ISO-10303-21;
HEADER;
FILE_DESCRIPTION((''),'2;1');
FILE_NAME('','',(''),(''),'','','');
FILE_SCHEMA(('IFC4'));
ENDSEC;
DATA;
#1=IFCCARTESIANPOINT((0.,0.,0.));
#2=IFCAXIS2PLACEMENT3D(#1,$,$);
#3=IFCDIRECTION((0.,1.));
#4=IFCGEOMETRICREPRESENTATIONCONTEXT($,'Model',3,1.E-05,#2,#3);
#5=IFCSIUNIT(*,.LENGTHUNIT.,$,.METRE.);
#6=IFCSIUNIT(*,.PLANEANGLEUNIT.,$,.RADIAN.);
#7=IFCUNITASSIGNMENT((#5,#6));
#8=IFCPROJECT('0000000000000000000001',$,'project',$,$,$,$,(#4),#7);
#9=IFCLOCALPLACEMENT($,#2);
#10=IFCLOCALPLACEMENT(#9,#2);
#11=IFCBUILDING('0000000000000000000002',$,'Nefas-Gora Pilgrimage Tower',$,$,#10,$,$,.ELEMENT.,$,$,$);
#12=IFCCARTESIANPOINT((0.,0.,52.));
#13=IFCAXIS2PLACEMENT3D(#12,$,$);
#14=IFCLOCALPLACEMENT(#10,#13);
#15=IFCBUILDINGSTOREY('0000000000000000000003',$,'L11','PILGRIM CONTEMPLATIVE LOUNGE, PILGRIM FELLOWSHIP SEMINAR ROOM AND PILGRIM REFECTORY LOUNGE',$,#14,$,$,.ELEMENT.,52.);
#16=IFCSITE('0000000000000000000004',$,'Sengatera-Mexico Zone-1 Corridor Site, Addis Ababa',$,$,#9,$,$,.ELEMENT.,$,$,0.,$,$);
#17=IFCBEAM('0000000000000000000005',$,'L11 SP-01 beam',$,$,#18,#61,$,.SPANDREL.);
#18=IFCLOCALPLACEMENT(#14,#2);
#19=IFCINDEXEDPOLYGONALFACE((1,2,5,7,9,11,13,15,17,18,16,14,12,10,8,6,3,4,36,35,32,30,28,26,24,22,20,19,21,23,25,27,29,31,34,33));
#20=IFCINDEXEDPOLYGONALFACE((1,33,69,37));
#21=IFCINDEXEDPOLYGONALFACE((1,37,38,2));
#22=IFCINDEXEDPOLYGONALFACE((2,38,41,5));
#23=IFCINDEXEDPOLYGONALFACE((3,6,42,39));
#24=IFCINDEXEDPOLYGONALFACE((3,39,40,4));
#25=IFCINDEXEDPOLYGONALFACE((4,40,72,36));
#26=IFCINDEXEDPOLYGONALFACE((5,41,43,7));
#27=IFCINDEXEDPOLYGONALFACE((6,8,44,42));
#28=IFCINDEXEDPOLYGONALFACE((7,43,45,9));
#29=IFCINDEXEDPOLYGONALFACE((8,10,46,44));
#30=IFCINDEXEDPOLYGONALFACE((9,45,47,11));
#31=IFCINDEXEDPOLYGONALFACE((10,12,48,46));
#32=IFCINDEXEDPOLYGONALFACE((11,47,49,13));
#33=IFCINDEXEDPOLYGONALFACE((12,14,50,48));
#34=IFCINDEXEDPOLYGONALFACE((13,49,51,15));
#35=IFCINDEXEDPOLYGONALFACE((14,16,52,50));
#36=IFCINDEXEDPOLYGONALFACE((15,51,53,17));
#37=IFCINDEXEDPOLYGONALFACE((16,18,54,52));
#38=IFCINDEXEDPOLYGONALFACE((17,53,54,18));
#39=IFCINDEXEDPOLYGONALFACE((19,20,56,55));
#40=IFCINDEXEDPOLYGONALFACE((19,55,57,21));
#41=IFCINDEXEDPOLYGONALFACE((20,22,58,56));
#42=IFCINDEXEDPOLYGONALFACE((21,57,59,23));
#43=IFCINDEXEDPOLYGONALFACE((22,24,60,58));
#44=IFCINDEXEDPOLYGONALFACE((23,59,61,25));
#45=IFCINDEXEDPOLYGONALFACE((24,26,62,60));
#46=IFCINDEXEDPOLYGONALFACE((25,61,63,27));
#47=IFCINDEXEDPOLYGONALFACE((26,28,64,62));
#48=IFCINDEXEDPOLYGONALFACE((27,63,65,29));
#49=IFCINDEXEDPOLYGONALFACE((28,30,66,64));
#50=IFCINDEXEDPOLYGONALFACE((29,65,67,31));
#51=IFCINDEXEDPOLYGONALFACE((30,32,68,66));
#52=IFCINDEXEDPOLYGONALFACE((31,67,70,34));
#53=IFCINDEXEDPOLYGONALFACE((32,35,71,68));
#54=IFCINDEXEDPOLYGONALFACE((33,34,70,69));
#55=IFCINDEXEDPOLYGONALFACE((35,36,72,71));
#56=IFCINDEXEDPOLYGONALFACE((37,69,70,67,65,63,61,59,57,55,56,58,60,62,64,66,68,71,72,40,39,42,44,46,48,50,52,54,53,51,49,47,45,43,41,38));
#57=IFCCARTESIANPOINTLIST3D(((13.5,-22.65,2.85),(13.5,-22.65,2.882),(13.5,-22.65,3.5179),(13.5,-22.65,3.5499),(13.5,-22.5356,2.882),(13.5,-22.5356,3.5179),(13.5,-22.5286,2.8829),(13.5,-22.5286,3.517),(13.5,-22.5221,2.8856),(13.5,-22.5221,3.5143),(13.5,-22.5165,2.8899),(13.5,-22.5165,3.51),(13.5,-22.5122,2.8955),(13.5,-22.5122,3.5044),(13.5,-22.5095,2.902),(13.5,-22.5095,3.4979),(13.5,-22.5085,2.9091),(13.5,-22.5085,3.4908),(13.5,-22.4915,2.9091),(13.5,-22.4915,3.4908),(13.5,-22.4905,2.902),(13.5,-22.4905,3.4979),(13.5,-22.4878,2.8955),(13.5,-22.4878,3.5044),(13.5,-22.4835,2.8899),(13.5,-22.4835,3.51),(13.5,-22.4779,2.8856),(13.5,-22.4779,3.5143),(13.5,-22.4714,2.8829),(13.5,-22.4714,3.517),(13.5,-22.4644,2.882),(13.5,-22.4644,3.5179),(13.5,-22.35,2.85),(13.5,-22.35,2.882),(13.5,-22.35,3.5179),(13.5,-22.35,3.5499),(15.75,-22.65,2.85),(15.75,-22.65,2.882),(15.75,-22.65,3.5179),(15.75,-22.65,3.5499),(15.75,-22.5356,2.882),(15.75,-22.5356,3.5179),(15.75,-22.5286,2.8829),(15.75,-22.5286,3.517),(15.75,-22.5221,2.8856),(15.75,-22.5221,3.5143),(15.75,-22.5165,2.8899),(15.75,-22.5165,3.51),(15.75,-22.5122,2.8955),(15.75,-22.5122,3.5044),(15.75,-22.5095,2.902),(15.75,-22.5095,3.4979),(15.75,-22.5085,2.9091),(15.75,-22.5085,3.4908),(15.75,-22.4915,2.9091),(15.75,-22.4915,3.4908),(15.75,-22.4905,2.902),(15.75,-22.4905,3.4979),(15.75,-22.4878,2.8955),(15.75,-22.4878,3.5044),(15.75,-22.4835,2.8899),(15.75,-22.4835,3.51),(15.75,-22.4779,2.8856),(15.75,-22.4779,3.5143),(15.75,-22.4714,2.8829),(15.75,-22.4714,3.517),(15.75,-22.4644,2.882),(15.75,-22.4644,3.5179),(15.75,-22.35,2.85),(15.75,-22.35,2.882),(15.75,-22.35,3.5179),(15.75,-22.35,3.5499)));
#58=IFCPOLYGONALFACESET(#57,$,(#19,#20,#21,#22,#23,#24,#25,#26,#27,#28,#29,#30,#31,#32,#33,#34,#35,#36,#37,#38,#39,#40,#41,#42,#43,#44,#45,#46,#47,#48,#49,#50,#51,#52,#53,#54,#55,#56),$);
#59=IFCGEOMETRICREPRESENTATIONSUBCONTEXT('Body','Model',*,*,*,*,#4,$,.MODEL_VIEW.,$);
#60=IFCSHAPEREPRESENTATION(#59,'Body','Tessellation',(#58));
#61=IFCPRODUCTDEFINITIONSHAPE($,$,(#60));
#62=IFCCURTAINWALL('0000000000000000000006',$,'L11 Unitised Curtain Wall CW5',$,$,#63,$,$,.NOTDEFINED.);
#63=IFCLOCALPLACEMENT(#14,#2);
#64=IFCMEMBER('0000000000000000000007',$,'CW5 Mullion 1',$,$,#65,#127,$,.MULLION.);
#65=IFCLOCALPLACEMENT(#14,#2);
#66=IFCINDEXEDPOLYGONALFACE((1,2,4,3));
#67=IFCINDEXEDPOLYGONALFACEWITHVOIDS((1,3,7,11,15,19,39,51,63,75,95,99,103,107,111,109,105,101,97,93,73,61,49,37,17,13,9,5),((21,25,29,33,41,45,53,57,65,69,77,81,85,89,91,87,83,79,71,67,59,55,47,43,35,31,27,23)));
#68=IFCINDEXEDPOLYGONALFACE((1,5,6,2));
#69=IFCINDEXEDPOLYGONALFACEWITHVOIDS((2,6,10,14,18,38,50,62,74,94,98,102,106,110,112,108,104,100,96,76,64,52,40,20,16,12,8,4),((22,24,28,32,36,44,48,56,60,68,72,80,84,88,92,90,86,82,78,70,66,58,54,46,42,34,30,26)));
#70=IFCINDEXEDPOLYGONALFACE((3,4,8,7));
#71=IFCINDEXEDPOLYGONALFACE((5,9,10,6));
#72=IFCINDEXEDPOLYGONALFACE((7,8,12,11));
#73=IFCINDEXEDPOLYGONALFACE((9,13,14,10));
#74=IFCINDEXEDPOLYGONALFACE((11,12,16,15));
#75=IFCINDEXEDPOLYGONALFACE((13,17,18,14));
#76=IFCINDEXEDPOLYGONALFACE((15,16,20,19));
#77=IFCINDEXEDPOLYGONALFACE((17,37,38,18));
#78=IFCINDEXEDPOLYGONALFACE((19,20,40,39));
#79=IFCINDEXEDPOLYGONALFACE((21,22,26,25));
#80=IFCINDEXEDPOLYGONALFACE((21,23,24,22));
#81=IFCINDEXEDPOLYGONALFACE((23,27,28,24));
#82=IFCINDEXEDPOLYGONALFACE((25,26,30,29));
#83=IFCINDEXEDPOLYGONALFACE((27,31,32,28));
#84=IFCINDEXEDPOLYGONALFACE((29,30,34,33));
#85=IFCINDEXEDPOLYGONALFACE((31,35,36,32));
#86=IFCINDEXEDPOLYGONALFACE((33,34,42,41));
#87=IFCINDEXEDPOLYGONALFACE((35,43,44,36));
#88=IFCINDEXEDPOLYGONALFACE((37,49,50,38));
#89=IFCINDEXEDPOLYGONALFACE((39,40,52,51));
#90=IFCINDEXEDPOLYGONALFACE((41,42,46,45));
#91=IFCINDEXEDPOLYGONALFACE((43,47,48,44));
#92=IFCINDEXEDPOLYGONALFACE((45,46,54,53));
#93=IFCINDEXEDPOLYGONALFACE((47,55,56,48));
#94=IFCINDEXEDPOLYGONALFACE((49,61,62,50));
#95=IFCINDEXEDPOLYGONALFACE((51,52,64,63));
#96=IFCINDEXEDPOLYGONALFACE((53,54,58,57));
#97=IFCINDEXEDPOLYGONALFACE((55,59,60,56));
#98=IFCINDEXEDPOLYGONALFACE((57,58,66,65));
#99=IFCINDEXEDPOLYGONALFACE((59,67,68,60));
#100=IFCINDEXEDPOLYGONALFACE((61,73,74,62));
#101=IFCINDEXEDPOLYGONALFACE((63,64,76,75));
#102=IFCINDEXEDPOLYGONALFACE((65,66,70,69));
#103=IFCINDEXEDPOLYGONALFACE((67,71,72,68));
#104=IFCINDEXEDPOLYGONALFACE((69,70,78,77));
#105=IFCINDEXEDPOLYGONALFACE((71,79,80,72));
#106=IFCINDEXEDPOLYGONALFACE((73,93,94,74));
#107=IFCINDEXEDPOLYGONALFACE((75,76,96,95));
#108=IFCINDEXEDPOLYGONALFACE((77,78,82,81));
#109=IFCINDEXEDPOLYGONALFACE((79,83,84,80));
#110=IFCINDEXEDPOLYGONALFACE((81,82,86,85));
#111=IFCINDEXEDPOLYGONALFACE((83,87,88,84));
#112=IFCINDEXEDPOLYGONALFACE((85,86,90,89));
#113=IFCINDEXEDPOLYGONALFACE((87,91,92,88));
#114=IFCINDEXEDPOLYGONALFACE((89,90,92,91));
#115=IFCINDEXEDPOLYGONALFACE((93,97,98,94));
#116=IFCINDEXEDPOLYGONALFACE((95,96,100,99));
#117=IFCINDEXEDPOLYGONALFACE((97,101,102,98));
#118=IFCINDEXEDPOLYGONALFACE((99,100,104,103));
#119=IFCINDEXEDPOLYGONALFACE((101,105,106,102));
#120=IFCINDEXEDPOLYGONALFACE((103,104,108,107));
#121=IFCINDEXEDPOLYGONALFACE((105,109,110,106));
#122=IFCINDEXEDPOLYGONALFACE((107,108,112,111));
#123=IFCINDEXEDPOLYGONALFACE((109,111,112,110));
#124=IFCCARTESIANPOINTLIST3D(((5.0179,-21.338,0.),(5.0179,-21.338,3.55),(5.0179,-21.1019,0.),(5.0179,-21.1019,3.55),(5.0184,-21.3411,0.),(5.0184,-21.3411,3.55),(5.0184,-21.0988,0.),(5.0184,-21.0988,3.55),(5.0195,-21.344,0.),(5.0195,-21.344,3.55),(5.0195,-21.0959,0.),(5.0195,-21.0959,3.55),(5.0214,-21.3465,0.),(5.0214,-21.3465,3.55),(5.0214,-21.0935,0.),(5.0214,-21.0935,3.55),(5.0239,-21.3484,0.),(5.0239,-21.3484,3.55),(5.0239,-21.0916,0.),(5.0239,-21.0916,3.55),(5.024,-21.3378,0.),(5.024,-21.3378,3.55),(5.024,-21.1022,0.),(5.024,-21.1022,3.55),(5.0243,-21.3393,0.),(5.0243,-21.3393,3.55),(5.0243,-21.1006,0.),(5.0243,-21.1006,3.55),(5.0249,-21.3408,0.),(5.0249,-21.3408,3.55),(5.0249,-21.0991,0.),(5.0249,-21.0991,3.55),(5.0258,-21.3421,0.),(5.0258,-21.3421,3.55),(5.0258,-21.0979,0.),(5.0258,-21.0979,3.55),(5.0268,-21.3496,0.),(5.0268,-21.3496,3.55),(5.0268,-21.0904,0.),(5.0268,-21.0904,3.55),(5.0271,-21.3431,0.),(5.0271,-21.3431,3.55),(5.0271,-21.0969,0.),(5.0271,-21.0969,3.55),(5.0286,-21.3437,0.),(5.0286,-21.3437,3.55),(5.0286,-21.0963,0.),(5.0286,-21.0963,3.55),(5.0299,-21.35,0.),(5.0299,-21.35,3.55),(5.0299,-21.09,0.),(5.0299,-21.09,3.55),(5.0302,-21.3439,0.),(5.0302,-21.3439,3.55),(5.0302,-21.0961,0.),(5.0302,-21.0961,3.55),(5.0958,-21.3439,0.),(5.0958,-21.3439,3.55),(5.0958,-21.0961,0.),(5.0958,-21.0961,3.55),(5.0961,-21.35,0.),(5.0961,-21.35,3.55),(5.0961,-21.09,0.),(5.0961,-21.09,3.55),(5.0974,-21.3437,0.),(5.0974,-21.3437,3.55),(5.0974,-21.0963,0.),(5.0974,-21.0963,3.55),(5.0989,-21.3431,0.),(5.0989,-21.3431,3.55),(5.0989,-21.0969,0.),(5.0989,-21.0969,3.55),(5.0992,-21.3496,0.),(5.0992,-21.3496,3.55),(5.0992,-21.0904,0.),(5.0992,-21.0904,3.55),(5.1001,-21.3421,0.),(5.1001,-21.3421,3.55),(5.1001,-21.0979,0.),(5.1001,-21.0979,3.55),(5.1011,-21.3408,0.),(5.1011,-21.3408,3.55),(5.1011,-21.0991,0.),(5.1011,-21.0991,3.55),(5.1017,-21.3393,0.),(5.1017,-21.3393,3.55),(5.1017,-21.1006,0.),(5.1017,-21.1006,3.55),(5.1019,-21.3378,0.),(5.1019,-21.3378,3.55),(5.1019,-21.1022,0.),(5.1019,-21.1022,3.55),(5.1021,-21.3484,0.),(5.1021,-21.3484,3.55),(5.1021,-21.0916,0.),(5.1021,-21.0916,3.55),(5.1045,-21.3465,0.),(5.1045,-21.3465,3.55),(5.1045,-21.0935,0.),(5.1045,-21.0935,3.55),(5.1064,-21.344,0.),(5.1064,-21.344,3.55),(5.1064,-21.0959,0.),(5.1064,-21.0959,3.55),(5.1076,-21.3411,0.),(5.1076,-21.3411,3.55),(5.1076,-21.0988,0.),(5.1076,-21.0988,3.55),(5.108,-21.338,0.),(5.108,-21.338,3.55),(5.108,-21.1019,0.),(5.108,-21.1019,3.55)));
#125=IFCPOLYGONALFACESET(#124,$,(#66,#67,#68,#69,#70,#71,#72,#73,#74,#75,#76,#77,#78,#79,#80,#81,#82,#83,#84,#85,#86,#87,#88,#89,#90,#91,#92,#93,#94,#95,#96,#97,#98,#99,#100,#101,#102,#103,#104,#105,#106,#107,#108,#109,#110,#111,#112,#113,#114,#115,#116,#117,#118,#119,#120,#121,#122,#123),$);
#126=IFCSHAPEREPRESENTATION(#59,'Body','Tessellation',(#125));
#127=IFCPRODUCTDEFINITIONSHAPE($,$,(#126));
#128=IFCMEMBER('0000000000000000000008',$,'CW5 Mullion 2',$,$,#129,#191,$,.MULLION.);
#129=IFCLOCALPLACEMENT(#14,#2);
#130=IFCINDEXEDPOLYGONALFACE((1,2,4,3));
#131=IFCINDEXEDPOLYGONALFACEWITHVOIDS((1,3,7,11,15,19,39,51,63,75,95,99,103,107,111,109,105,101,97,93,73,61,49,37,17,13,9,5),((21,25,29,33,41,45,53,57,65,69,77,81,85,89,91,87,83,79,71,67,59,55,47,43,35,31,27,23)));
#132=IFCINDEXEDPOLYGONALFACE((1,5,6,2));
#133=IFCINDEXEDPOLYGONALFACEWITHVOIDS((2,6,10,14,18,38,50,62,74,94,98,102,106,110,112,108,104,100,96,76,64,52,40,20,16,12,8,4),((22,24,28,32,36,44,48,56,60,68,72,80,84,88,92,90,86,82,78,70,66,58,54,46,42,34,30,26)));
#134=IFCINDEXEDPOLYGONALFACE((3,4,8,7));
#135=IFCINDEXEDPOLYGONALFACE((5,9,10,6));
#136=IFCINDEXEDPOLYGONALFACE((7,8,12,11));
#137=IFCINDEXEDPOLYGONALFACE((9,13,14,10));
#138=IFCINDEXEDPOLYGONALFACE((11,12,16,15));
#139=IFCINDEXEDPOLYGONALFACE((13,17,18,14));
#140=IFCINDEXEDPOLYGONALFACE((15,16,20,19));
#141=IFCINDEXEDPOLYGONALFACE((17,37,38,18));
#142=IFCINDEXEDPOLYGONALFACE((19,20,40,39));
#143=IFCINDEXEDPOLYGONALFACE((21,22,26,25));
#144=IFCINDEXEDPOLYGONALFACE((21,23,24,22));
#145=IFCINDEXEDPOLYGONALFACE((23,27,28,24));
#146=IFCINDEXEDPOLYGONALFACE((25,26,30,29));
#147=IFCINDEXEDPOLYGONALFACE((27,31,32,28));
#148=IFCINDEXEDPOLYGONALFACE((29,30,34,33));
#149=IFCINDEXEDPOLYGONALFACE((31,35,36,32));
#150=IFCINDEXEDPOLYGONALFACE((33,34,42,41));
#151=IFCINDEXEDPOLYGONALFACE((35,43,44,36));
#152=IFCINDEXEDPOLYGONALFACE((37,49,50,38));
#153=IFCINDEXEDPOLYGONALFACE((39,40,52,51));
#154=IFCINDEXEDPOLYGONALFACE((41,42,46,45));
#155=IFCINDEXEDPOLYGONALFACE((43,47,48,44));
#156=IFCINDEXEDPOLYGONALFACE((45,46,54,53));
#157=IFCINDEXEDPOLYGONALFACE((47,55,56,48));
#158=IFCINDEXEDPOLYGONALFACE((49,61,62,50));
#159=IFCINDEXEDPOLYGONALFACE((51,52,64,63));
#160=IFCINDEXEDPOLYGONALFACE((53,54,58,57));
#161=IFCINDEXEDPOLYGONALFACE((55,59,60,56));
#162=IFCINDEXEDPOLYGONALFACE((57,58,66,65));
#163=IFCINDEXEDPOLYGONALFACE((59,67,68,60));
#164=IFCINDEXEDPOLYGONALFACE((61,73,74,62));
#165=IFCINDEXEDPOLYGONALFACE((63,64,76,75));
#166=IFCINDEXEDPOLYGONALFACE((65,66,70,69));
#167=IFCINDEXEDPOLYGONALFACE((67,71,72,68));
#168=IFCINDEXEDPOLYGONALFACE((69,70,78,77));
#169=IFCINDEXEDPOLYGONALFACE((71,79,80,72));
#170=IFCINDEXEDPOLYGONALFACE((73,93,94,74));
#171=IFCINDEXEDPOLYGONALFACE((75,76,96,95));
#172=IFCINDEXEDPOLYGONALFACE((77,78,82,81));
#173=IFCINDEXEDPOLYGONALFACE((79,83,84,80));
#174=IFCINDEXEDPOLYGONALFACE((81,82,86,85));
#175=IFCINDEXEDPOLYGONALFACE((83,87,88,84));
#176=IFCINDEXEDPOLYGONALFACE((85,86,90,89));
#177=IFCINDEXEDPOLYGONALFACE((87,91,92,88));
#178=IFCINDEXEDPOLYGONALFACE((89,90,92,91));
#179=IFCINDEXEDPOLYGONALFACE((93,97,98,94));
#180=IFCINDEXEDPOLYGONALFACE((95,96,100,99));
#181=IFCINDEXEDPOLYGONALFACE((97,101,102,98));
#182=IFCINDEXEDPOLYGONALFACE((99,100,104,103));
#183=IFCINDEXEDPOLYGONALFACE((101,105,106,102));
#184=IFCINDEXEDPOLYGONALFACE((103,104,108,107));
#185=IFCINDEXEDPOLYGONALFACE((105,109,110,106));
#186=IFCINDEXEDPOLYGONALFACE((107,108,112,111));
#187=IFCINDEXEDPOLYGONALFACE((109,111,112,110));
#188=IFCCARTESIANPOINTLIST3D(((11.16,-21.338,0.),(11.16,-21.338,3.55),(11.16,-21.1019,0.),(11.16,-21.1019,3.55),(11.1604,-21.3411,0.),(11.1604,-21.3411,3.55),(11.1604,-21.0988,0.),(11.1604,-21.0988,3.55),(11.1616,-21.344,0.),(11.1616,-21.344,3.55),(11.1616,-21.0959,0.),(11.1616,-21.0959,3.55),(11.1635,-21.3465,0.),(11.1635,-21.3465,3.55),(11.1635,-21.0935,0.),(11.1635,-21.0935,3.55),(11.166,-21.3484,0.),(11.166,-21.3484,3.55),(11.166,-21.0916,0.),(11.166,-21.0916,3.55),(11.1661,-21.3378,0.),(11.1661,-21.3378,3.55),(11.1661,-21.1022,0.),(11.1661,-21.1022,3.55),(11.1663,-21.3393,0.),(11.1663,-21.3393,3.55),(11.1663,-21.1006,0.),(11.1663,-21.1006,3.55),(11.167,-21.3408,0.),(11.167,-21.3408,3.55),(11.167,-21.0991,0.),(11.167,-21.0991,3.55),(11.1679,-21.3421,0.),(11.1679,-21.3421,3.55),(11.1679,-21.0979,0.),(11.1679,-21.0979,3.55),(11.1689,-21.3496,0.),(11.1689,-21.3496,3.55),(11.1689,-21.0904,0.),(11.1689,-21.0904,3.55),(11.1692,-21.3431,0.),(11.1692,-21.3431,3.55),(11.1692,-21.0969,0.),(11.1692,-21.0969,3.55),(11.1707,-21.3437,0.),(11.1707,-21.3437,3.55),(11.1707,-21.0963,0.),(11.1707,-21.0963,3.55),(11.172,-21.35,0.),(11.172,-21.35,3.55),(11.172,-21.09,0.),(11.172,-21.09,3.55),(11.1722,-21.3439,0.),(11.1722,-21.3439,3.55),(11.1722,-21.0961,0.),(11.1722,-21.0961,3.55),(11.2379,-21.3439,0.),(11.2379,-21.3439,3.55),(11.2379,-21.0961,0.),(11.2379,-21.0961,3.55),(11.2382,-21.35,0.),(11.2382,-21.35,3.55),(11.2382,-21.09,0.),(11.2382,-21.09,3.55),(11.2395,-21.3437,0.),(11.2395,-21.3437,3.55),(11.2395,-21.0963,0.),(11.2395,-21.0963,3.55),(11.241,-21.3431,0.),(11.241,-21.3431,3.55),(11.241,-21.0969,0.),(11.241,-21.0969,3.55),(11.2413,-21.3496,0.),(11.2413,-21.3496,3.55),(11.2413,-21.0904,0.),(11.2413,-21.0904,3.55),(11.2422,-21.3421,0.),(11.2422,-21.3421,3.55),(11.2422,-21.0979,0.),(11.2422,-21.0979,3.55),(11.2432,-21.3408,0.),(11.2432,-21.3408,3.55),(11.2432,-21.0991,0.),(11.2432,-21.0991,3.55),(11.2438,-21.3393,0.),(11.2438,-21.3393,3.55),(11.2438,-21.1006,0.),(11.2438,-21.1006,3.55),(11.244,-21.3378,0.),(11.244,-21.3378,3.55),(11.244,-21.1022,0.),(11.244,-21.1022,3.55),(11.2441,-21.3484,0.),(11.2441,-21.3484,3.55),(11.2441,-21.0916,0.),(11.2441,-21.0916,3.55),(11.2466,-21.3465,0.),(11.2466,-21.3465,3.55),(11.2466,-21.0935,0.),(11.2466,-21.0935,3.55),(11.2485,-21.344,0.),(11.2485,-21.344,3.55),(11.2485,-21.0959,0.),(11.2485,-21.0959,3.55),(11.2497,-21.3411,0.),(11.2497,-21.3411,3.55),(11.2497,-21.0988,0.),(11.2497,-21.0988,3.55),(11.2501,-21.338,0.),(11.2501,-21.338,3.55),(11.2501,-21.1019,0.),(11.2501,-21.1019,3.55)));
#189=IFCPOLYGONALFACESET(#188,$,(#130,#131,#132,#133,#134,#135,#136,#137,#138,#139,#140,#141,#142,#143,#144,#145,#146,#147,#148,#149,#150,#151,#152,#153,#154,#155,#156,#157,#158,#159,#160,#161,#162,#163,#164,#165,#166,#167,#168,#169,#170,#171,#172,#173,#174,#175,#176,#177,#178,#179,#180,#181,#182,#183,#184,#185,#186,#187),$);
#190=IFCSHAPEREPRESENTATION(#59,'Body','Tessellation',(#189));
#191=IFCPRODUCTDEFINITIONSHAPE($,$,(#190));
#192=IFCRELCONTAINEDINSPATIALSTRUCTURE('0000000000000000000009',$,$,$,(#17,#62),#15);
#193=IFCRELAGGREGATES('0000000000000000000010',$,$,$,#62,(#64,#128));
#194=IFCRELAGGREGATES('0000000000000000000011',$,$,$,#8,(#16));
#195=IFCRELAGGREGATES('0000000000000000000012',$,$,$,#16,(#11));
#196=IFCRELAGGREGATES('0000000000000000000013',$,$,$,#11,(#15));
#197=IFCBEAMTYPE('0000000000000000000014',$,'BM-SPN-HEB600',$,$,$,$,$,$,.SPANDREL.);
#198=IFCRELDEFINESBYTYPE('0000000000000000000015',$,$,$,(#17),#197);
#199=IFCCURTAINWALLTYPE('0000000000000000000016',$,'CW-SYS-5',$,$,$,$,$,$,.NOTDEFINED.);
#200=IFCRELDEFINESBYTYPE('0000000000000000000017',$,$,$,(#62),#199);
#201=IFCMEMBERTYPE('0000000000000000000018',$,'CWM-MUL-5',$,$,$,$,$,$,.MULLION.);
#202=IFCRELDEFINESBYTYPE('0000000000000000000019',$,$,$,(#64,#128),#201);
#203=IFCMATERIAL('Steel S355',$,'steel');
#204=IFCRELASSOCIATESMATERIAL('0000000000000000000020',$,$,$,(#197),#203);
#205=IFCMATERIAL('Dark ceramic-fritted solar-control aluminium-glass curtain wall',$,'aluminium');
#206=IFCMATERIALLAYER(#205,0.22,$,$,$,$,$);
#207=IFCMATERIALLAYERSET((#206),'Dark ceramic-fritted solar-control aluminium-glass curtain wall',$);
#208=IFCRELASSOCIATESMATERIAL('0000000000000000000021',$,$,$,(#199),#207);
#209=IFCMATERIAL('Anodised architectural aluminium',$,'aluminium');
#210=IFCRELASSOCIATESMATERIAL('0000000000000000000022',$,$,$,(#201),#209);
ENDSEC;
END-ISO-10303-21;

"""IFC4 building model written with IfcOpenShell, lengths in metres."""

from ifc_helpers import new_model, si_unit, direction, frame, origin, origin_2d, place, context, subcontext, project, spatial, hollow_rectangle, i_section, extrude, source, transform, mapped, material, layer, layer_set, material_profile, profile_set, type_object, element, aggregate, save


model = new_model("IFC4")

# Units and contexts
model_context = context("Model", 3, precision=1e-05, world=origin(), true_north=direction((0.0, 1.0)))
body_context = subcontext(model_context, "Body", "Model", "MODEL_VIEW")
ifc_project = project(units=[si_unit("LENGTHUNIT", "METRE"), si_unit("PLANEANGLEUNIT", "RADIAN")], contexts=[model_context])

# Site, building, storey
site_placement = place(None, origin())
site = spatial("IfcSite", under=ifc_project, at=site_placement, Name="Sengatera-Mexico Zone-1 Corridor Site, Addis Ababa", CompositionType="ELEMENT", RefElevation=0.0)
building_placement = place(site_placement, origin())
building = spatial("IfcBuilding", under=site, at=building_placement, Name="Nefas-Gora Pilgrimage Tower", CompositionType="ELEMENT")
storey_placement = place(building_placement, frame((0.0, 0.0, 52.0)))
storey = spatial("IfcBuildingStorey", under=building, at=storey_placement, Name="L11", Description="PILGRIM CONTEMPLATIVE LOUNGE, PILGRIM FELLOWSHIP SEMINAR ROOM AND PILGRIM REFECTORY LOUNGE", CompositionType="ELEMENT", Elevation=52.0)

# Beam
ifc_material_1 = material(Name="Steel S355", Category="steel")
ifc_material_profile_1 = material_profile(ifc_material_1, i_section(OverallWidth=0.3, OverallDepth=0.7, WebThickness=0.0171, FlangeThickness=0.032, FilletRadius=0.0271, at=origin_2d()), Name="HEB 700")
ifc_profile_set_1 = profile_set([ifc_material_profile_1], Name="Steel S355")
beam_type_1 = type_object("IfcBeamType", Name="BM-SPN-HEB600", PredefinedType="SPANDREL", material=ifc_profile_set_1)
shared_shape_1 = source(origin(), body_context, "Body", "SweptSolid", [
    extrude(i_section(OverallWidth=0.3, OverallDepth=0.7, WebThickness=0.0171, FlangeThickness=0.032, FilletRadius=0.0271, at=origin_2d()), origin(), (0.0, 0.0, 1.0), 2.25),
])
beam_1_placement = place(storey_placement, frame((13.5, -22.5, 3.2), z_axis=(1.0, 0.0, 0.0), x_axis=(0.0, 1.0, 0.0)))
element("IfcBeam", 1, at=beam_1_placement, inside=storey, type_object=beam_type_1, Name="L11 SP-01 beam", PredefinedType="SPANDREL", context=body_context, shape_type="MappedRepresentation", body=[
    mapped(shared_shape_1, transform((0.0, 0.0, 0.0), x_axis=(1.0, 0.0, 0.0), y_axis=(0.0, 1.0, 0.0), z_axis=(0.0, 0.0, 1.0), scale=1.0)),
])

# Curtain wall, members
ifc_material_2 = material(Name="Dark ceramic-fritted solar-control aluminium-glass curtain wall", Category="aluminium")
ifc_layer_1 = layer(ifc_material_2, 0.22)
ifc_layer_set_1 = layer_set([ifc_layer_1], Name="Dark ceramic-fritted solar-control aluminium-glass curtain wall")
curtain_wall_type_1 = type_object("IfcCurtainWallType", Name="CW-SYS-5", PredefinedType="NOTDEFINED", material=ifc_layer_set_1)
curtain_wall_1_placement = place(storey_placement, origin())
curtain_wall_1 = element("IfcCurtainWall", 2, at=curtain_wall_1_placement, inside=storey, type_object=curtain_wall_type_1, Name="L11 Unitised Curtain Wall CW5", PredefinedType="NOTDEFINED")
ifc_material_3 = material(Name="Anodised architectural aluminium", Category="aluminium")
ifc_material_profile_2 = material_profile(ifc_material_3, hollow_rectangle(XDim=0.0901, YDim=0.26, WallThickness=0.0061, InnerFilletRadius=0.0061, OuterFilletRadius=0.012, at=origin_2d()), Name="ALU MULLION 90x260")
ifc_profile_set_2 = profile_set([ifc_material_profile_2], Name="Anodised architectural aluminium")
member_type_1 = type_object("IfcMemberType", Name="CWM-MUL-5", PredefinedType="MULLION", material=ifc_profile_set_2)
shared_shape_2 = source(origin(), body_context, "Body", "SweptSolid", [
    extrude(hollow_rectangle(XDim=0.0901, YDim=0.26, WallThickness=0.0061, InnerFilletRadius=0.0061, OuterFilletRadius=0.012, at=origin_2d()), origin(), (0.0, 0.0, 1.0), 3.55),
])
member_1_placement = place(storey_placement, frame((5.063, -21.22, 0.0), z_axis=(0.0, 0.0, 1.0), x_axis=(1.0, 0.0, 0.0)))
member_1 = element("IfcMember", 3, at=member_1_placement, type_object=member_type_1, Name="CW5 Mullion 1", PredefinedType="MULLION", context=body_context, shape_type="MappedRepresentation", body=[
    mapped(shared_shape_2, transform((0.0, 0.0, 0.0), x_axis=(1.0, 0.0, 0.0), y_axis=(0.0, 1.0, 0.0), z_axis=(0.0, 0.0, 1.0), scale=1.0)),
])
member_2_placement = place(storey_placement, frame((11.2051, -21.22, 0.0), z_axis=(0.0, 0.0, 1.0), x_axis=(1.0, 0.0, 0.0)))
member_2 = element("IfcMember", 4, at=member_2_placement, type_object=member_type_1, Name="CW5 Mullion 2", PredefinedType="MULLION", context=body_context, shape_type="MappedRepresentation", body=[
    mapped(shared_shape_2, transform((0.0, 0.0, 0.0), x_axis=(1.0, 0.0, 0.0), y_axis=(0.0, 1.0, 0.0), z_axis=(0.0, 0.0, 1.0), scale=1.0)),
])

aggregate(curtain_wall_1, [member_1, member_2])

save(model, "model.ifc")
